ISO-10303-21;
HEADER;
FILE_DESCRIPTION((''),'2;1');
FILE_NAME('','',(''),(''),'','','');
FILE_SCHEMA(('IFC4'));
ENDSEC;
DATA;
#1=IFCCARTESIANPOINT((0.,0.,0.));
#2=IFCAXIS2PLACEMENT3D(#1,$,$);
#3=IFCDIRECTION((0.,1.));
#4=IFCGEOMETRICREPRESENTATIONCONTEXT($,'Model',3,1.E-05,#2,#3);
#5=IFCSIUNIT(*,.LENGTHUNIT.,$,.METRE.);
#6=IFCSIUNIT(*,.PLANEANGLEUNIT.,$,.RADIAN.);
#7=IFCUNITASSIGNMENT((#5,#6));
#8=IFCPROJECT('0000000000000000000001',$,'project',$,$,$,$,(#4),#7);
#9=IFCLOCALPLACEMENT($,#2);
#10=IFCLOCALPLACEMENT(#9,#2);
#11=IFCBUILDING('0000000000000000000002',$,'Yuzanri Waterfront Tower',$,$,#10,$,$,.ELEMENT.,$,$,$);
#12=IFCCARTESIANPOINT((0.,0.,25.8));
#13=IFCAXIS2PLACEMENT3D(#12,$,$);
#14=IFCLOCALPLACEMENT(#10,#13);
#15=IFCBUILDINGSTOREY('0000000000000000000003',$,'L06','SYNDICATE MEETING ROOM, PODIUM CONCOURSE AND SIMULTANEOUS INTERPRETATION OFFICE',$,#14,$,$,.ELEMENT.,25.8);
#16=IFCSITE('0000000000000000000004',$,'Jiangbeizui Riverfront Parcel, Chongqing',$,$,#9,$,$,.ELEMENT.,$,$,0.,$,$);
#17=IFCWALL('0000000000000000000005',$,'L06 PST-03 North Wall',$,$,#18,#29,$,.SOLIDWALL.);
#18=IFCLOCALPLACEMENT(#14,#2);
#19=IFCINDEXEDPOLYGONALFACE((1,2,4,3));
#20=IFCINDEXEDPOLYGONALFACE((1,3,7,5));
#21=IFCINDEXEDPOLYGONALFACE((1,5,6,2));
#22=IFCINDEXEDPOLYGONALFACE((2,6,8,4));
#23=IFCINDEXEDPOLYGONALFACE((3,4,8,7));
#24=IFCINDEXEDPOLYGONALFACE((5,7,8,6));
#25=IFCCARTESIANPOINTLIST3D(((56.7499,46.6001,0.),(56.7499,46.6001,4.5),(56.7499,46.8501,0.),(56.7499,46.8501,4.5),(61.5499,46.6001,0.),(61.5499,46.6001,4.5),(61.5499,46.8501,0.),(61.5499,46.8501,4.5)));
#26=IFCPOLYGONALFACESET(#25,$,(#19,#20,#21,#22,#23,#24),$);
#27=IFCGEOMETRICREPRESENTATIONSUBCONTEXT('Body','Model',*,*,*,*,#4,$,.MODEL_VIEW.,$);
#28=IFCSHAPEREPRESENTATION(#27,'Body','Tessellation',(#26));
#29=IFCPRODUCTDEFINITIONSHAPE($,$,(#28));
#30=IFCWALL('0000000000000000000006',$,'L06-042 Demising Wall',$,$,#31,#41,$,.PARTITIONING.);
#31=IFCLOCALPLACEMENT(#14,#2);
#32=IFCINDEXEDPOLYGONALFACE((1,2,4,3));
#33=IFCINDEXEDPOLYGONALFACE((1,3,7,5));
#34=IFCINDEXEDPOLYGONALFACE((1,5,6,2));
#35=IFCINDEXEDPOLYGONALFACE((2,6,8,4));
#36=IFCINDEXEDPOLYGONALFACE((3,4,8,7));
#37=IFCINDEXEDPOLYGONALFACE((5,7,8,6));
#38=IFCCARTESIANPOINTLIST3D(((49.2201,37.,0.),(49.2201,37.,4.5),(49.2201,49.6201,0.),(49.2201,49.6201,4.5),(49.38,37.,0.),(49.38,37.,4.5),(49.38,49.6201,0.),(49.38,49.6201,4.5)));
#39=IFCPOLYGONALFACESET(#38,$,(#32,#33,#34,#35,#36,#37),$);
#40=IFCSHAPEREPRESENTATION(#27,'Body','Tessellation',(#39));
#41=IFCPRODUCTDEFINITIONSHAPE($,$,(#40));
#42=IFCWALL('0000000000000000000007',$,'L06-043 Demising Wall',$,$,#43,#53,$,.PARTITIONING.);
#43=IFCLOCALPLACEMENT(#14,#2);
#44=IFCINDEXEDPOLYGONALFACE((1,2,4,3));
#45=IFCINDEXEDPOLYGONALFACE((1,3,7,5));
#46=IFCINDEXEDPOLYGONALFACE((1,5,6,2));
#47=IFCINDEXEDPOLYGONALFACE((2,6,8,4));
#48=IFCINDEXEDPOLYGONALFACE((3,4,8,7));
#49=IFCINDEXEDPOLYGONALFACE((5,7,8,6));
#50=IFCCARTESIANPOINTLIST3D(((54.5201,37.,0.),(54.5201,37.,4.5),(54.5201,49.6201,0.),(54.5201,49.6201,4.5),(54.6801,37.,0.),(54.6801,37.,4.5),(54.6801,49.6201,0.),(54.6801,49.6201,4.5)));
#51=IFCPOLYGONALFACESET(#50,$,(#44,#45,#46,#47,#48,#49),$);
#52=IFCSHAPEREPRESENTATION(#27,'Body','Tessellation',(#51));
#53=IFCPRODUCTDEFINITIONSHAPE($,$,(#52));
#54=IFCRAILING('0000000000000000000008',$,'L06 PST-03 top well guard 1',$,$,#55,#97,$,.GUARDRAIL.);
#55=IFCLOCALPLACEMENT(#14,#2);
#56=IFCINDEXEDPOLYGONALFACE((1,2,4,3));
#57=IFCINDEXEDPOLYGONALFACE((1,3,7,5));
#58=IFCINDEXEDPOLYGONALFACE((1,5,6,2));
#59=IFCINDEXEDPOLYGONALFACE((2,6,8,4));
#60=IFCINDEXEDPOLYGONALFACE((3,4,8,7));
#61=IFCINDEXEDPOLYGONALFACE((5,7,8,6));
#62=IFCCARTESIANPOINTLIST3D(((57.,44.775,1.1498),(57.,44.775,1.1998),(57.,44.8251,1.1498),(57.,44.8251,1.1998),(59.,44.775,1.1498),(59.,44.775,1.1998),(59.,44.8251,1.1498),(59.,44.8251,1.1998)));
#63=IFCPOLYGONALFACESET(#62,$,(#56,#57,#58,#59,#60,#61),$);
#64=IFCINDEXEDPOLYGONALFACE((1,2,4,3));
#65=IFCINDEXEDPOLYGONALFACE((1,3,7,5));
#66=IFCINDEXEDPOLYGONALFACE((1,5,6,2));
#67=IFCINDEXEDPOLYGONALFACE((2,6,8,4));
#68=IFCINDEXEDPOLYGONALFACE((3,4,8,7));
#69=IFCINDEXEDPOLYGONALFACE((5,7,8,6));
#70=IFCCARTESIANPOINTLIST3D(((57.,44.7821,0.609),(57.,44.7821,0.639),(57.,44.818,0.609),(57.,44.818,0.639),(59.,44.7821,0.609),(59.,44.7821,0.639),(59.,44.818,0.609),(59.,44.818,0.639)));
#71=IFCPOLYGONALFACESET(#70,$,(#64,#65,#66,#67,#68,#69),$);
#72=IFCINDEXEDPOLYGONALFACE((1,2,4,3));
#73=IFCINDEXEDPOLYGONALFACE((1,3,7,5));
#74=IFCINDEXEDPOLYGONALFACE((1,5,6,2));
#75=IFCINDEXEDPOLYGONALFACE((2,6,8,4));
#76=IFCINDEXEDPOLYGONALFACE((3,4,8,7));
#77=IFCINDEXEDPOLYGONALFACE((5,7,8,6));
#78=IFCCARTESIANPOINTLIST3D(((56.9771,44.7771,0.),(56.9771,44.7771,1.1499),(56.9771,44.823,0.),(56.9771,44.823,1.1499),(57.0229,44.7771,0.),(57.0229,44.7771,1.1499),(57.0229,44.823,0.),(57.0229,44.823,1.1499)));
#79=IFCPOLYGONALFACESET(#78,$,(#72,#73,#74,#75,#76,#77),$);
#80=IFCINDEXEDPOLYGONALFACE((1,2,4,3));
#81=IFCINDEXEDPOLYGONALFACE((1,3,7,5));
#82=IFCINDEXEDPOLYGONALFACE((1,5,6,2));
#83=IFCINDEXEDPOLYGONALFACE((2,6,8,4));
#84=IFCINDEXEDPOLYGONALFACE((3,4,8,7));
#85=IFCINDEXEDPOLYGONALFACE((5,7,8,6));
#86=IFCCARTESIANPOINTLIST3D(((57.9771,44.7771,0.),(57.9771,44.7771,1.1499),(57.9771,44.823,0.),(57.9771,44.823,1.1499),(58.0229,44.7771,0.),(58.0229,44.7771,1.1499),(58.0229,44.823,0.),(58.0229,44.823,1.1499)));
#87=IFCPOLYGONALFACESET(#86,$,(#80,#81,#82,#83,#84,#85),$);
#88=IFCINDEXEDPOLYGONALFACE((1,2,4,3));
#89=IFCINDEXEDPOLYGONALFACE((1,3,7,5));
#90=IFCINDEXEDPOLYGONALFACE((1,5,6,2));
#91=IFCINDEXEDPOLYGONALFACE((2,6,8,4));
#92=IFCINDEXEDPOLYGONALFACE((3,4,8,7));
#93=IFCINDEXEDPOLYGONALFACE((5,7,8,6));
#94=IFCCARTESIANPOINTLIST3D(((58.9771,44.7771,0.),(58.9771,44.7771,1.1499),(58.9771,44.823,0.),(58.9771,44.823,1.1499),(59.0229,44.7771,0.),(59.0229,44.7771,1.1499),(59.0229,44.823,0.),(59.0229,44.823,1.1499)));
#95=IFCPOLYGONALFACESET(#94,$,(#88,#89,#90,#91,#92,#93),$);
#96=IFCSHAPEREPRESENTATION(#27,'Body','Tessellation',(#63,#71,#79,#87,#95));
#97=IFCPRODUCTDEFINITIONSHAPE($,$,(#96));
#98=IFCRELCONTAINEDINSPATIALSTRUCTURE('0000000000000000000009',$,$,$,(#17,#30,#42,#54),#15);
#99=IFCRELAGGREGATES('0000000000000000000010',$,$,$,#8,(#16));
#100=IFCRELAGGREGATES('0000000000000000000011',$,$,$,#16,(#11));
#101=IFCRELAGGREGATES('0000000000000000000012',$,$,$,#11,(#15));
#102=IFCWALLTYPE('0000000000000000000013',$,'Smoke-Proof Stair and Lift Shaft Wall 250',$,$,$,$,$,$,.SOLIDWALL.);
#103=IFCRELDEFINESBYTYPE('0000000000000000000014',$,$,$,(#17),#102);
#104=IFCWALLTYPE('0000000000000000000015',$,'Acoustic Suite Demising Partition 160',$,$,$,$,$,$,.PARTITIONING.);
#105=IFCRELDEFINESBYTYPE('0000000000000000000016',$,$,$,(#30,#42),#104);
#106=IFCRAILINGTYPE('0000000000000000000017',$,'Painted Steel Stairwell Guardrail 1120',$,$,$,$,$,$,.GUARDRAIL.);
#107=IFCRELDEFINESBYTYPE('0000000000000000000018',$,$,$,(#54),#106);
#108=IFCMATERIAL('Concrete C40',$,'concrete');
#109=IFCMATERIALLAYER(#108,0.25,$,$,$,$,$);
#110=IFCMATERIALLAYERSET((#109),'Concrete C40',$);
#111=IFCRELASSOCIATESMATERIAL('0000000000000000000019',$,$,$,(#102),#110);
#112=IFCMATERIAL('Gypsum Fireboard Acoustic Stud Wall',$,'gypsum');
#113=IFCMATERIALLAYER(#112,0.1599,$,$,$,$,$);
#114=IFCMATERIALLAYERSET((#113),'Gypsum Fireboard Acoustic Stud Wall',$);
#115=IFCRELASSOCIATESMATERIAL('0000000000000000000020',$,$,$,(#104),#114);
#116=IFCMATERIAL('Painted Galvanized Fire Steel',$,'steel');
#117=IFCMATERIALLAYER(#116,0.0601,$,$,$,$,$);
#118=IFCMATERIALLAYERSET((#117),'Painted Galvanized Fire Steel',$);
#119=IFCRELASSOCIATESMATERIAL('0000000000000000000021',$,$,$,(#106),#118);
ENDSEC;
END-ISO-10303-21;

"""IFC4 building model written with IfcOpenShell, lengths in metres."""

from ifc_helpers import new_model, si_unit, direction, frame, frame_2d, origin, origin_2d, place, context, subcontext, project, spatial, rectangle, extrude, source, transform, mapped, material, layer, layer_set, type_object, element, save


model = new_model("IFC4")

# Units and contexts
model_context = context("Model", 3, precision=1e-05, world=origin(), true_north=direction((0.0, 1.0)))
body_context = subcontext(model_context, "Body", "Model", "MODEL_VIEW")
ifc_project = project(units=[si_unit("LENGTHUNIT", "METRE"), si_unit("PLANEANGLEUNIT", "RADIAN")], contexts=[model_context])

# Site, building, storey
site_placement = place(None, origin())
site = spatial("IfcSite", under=ifc_project, at=site_placement, Name="Jiangbeizui Riverfront Parcel, Chongqing", CompositionType="ELEMENT", RefElevation=0.0)
building_placement = place(site_placement, origin())
building = spatial("IfcBuilding", under=site, at=building_placement, Name="Yuzanri Waterfront Tower", CompositionType="ELEMENT")
storey_placement = place(building_placement, frame((0.0, 0.0, 25.8)))
storey = spatial("IfcBuildingStorey", under=building, at=storey_placement, Name="L06", Description="SYNDICATE MEETING ROOM, PODIUM CONCOURSE AND SIMULTANEOUS INTERPRETATION OFFICE", CompositionType="ELEMENT", Elevation=25.8)

# Shared definitions
ifc_material_1 = material(Name="Concrete C40", Category="concrete")
ifc_layer_1 = layer(ifc_material_1, 0.25)
ifc_layer_set_1 = layer_set([ifc_layer_1], Name="Concrete C40")
wall_type_1 = type_object("IfcWallType", Name="Smoke-Proof Stair and Lift Shaft Wall 250", PredefinedType="SOLIDWALL", material=ifc_layer_set_1)

# Walls
shared_shape_1 = source(origin(), body_context, "Body", "SweptSolid", [
    extrude(rectangle(XDim=4.8, YDim=0.25, at=frame_2d((2.3999, 0.0))), origin(), (0.0, 0.0, 1.0), 4.5),
])
wall_1_placement = place(storey_placement, frame((56.75, 46.7251, 0.0), z_axis=(0.0, 0.0, 1.0), x_axis=(1.0, 0.0, 0.0)))
element("IfcWall", 1, at=wall_1_placement, inside=storey, type_object=wall_type_1, Name="L06 PST-03 North Wall", PredefinedType="SOLIDWALL", context=body_context, shape_type="MappedRepresentation", body=[
    mapped(shared_shape_1, transform((0.0, 0.0, 0.0), scale=1.0)),
])
ifc_material_2 = material(Name="Gypsum Fireboard Acoustic Stud Wall", Category="gypsum")
ifc_layer_2 = layer(ifc_material_2, 0.1599)
ifc_layer_set_2 = layer_set([ifc_layer_2], Name="Gypsum Fireboard Acoustic Stud Wall")
wall_type_2 = type_object("IfcWallType", Name="Acoustic Suite Demising Partition 160", PredefinedType="PARTITIONING", material=ifc_layer_set_2)
shared_shape_2 = source(origin(), body_context, "Body", "SweptSolid", [
    extrude(rectangle(XDim=12.6201, YDim=0.1599, at=frame_2d((6.3101, 0.0))), origin(), (0.0, 0.0, 1.0), 4.5),
])
for number, where, z_axis, x_axis, name in (
    (2, (49.3, 37.0, 0.0), (0.0, 0.0, 1.0), (0.0, 1.0, 0.0), "L06-042 Demising Wall"),
    (3, (54.6001, 37.0, 0.0), (0.0, 0.0, 1.0), (0.0, 1.0, 0.0), "L06-043 Demising Wall"),
):
    element("IfcWall", number, at=place(storey_placement, frame(where, z_axis=z_axis, x_axis=x_axis)), inside=storey, type_object=wall_type_2, Name=name, PredefinedType="PARTITIONING", context=body_context, shape_type="MappedRepresentation", body=[
        mapped(shared_shape_2, transform((0.0, 0.0, 0.0), scale=1.0)),
    ])

# Railing
ifc_material_3 = material(Name="Painted Galvanized Fire Steel", Category="steel")
ifc_layer_3 = layer(ifc_material_3, 0.0601)
ifc_layer_set_3 = layer_set([ifc_layer_3], Name="Painted Galvanized Fire Steel")
railing_type = type_object("IfcRailingType", Name="Painted Steel Stairwell Guardrail 1120", PredefinedType="GUARDRAIL", material=ifc_layer_set_3)
shared_shape_3 = source(origin(), body_context, "Body", "SweptSolid", [
    extrude(rectangle(XDim=0.05, YDim=0.05, at=origin_2d()), frame((0.0, 0.0, 1.1748), z_axis=(1.0, 0.0, 0.0), x_axis=(0.0, 1.0, 0.0)), (0.0, 0.0, 1.0), 2.0),
    extrude(rectangle(XDim=0.0359, YDim=0.03, at=origin_2d()), frame((0.0, 0.0, 0.624), z_axis=(1.0, 0.0, 0.0), x_axis=(0.0, 1.0, 0.0)), (0.0, 0.0, 1.0), 2.0),
    extrude(rectangle(XDim=0.0459, YDim=0.0459, at=origin_2d()), origin(), (0.0, 0.0, 1.0), 1.1499),
    extrude(rectangle(XDim=0.0459, YDim=0.0459, at=origin_2d()), frame((1.0, 0.0, 0.0)), (0.0, 0.0, 1.0), 1.1499),
    extrude(rectangle(XDim=0.0459, YDim=0.0459, at=origin_2d()), frame((2.0, 0.0, 0.0)), (0.0, 0.0, 1.0), 1.1499),
])
railing_placement = place(storey_placement, frame((57.0, 44.8, 0.0)))
element("IfcRailing", 4, at=railing_placement, inside=storey, type_object=railing_type, Name="L06 PST-03 top well guard 1", PredefinedType="GUARDRAIL", context=body_context, shape_type="MappedRepresentation", body=[
    mapped(shared_shape_3, transform((0.0, 0.0, 0.0), scale=1.0)),
])

save(model, "model.ifc")
